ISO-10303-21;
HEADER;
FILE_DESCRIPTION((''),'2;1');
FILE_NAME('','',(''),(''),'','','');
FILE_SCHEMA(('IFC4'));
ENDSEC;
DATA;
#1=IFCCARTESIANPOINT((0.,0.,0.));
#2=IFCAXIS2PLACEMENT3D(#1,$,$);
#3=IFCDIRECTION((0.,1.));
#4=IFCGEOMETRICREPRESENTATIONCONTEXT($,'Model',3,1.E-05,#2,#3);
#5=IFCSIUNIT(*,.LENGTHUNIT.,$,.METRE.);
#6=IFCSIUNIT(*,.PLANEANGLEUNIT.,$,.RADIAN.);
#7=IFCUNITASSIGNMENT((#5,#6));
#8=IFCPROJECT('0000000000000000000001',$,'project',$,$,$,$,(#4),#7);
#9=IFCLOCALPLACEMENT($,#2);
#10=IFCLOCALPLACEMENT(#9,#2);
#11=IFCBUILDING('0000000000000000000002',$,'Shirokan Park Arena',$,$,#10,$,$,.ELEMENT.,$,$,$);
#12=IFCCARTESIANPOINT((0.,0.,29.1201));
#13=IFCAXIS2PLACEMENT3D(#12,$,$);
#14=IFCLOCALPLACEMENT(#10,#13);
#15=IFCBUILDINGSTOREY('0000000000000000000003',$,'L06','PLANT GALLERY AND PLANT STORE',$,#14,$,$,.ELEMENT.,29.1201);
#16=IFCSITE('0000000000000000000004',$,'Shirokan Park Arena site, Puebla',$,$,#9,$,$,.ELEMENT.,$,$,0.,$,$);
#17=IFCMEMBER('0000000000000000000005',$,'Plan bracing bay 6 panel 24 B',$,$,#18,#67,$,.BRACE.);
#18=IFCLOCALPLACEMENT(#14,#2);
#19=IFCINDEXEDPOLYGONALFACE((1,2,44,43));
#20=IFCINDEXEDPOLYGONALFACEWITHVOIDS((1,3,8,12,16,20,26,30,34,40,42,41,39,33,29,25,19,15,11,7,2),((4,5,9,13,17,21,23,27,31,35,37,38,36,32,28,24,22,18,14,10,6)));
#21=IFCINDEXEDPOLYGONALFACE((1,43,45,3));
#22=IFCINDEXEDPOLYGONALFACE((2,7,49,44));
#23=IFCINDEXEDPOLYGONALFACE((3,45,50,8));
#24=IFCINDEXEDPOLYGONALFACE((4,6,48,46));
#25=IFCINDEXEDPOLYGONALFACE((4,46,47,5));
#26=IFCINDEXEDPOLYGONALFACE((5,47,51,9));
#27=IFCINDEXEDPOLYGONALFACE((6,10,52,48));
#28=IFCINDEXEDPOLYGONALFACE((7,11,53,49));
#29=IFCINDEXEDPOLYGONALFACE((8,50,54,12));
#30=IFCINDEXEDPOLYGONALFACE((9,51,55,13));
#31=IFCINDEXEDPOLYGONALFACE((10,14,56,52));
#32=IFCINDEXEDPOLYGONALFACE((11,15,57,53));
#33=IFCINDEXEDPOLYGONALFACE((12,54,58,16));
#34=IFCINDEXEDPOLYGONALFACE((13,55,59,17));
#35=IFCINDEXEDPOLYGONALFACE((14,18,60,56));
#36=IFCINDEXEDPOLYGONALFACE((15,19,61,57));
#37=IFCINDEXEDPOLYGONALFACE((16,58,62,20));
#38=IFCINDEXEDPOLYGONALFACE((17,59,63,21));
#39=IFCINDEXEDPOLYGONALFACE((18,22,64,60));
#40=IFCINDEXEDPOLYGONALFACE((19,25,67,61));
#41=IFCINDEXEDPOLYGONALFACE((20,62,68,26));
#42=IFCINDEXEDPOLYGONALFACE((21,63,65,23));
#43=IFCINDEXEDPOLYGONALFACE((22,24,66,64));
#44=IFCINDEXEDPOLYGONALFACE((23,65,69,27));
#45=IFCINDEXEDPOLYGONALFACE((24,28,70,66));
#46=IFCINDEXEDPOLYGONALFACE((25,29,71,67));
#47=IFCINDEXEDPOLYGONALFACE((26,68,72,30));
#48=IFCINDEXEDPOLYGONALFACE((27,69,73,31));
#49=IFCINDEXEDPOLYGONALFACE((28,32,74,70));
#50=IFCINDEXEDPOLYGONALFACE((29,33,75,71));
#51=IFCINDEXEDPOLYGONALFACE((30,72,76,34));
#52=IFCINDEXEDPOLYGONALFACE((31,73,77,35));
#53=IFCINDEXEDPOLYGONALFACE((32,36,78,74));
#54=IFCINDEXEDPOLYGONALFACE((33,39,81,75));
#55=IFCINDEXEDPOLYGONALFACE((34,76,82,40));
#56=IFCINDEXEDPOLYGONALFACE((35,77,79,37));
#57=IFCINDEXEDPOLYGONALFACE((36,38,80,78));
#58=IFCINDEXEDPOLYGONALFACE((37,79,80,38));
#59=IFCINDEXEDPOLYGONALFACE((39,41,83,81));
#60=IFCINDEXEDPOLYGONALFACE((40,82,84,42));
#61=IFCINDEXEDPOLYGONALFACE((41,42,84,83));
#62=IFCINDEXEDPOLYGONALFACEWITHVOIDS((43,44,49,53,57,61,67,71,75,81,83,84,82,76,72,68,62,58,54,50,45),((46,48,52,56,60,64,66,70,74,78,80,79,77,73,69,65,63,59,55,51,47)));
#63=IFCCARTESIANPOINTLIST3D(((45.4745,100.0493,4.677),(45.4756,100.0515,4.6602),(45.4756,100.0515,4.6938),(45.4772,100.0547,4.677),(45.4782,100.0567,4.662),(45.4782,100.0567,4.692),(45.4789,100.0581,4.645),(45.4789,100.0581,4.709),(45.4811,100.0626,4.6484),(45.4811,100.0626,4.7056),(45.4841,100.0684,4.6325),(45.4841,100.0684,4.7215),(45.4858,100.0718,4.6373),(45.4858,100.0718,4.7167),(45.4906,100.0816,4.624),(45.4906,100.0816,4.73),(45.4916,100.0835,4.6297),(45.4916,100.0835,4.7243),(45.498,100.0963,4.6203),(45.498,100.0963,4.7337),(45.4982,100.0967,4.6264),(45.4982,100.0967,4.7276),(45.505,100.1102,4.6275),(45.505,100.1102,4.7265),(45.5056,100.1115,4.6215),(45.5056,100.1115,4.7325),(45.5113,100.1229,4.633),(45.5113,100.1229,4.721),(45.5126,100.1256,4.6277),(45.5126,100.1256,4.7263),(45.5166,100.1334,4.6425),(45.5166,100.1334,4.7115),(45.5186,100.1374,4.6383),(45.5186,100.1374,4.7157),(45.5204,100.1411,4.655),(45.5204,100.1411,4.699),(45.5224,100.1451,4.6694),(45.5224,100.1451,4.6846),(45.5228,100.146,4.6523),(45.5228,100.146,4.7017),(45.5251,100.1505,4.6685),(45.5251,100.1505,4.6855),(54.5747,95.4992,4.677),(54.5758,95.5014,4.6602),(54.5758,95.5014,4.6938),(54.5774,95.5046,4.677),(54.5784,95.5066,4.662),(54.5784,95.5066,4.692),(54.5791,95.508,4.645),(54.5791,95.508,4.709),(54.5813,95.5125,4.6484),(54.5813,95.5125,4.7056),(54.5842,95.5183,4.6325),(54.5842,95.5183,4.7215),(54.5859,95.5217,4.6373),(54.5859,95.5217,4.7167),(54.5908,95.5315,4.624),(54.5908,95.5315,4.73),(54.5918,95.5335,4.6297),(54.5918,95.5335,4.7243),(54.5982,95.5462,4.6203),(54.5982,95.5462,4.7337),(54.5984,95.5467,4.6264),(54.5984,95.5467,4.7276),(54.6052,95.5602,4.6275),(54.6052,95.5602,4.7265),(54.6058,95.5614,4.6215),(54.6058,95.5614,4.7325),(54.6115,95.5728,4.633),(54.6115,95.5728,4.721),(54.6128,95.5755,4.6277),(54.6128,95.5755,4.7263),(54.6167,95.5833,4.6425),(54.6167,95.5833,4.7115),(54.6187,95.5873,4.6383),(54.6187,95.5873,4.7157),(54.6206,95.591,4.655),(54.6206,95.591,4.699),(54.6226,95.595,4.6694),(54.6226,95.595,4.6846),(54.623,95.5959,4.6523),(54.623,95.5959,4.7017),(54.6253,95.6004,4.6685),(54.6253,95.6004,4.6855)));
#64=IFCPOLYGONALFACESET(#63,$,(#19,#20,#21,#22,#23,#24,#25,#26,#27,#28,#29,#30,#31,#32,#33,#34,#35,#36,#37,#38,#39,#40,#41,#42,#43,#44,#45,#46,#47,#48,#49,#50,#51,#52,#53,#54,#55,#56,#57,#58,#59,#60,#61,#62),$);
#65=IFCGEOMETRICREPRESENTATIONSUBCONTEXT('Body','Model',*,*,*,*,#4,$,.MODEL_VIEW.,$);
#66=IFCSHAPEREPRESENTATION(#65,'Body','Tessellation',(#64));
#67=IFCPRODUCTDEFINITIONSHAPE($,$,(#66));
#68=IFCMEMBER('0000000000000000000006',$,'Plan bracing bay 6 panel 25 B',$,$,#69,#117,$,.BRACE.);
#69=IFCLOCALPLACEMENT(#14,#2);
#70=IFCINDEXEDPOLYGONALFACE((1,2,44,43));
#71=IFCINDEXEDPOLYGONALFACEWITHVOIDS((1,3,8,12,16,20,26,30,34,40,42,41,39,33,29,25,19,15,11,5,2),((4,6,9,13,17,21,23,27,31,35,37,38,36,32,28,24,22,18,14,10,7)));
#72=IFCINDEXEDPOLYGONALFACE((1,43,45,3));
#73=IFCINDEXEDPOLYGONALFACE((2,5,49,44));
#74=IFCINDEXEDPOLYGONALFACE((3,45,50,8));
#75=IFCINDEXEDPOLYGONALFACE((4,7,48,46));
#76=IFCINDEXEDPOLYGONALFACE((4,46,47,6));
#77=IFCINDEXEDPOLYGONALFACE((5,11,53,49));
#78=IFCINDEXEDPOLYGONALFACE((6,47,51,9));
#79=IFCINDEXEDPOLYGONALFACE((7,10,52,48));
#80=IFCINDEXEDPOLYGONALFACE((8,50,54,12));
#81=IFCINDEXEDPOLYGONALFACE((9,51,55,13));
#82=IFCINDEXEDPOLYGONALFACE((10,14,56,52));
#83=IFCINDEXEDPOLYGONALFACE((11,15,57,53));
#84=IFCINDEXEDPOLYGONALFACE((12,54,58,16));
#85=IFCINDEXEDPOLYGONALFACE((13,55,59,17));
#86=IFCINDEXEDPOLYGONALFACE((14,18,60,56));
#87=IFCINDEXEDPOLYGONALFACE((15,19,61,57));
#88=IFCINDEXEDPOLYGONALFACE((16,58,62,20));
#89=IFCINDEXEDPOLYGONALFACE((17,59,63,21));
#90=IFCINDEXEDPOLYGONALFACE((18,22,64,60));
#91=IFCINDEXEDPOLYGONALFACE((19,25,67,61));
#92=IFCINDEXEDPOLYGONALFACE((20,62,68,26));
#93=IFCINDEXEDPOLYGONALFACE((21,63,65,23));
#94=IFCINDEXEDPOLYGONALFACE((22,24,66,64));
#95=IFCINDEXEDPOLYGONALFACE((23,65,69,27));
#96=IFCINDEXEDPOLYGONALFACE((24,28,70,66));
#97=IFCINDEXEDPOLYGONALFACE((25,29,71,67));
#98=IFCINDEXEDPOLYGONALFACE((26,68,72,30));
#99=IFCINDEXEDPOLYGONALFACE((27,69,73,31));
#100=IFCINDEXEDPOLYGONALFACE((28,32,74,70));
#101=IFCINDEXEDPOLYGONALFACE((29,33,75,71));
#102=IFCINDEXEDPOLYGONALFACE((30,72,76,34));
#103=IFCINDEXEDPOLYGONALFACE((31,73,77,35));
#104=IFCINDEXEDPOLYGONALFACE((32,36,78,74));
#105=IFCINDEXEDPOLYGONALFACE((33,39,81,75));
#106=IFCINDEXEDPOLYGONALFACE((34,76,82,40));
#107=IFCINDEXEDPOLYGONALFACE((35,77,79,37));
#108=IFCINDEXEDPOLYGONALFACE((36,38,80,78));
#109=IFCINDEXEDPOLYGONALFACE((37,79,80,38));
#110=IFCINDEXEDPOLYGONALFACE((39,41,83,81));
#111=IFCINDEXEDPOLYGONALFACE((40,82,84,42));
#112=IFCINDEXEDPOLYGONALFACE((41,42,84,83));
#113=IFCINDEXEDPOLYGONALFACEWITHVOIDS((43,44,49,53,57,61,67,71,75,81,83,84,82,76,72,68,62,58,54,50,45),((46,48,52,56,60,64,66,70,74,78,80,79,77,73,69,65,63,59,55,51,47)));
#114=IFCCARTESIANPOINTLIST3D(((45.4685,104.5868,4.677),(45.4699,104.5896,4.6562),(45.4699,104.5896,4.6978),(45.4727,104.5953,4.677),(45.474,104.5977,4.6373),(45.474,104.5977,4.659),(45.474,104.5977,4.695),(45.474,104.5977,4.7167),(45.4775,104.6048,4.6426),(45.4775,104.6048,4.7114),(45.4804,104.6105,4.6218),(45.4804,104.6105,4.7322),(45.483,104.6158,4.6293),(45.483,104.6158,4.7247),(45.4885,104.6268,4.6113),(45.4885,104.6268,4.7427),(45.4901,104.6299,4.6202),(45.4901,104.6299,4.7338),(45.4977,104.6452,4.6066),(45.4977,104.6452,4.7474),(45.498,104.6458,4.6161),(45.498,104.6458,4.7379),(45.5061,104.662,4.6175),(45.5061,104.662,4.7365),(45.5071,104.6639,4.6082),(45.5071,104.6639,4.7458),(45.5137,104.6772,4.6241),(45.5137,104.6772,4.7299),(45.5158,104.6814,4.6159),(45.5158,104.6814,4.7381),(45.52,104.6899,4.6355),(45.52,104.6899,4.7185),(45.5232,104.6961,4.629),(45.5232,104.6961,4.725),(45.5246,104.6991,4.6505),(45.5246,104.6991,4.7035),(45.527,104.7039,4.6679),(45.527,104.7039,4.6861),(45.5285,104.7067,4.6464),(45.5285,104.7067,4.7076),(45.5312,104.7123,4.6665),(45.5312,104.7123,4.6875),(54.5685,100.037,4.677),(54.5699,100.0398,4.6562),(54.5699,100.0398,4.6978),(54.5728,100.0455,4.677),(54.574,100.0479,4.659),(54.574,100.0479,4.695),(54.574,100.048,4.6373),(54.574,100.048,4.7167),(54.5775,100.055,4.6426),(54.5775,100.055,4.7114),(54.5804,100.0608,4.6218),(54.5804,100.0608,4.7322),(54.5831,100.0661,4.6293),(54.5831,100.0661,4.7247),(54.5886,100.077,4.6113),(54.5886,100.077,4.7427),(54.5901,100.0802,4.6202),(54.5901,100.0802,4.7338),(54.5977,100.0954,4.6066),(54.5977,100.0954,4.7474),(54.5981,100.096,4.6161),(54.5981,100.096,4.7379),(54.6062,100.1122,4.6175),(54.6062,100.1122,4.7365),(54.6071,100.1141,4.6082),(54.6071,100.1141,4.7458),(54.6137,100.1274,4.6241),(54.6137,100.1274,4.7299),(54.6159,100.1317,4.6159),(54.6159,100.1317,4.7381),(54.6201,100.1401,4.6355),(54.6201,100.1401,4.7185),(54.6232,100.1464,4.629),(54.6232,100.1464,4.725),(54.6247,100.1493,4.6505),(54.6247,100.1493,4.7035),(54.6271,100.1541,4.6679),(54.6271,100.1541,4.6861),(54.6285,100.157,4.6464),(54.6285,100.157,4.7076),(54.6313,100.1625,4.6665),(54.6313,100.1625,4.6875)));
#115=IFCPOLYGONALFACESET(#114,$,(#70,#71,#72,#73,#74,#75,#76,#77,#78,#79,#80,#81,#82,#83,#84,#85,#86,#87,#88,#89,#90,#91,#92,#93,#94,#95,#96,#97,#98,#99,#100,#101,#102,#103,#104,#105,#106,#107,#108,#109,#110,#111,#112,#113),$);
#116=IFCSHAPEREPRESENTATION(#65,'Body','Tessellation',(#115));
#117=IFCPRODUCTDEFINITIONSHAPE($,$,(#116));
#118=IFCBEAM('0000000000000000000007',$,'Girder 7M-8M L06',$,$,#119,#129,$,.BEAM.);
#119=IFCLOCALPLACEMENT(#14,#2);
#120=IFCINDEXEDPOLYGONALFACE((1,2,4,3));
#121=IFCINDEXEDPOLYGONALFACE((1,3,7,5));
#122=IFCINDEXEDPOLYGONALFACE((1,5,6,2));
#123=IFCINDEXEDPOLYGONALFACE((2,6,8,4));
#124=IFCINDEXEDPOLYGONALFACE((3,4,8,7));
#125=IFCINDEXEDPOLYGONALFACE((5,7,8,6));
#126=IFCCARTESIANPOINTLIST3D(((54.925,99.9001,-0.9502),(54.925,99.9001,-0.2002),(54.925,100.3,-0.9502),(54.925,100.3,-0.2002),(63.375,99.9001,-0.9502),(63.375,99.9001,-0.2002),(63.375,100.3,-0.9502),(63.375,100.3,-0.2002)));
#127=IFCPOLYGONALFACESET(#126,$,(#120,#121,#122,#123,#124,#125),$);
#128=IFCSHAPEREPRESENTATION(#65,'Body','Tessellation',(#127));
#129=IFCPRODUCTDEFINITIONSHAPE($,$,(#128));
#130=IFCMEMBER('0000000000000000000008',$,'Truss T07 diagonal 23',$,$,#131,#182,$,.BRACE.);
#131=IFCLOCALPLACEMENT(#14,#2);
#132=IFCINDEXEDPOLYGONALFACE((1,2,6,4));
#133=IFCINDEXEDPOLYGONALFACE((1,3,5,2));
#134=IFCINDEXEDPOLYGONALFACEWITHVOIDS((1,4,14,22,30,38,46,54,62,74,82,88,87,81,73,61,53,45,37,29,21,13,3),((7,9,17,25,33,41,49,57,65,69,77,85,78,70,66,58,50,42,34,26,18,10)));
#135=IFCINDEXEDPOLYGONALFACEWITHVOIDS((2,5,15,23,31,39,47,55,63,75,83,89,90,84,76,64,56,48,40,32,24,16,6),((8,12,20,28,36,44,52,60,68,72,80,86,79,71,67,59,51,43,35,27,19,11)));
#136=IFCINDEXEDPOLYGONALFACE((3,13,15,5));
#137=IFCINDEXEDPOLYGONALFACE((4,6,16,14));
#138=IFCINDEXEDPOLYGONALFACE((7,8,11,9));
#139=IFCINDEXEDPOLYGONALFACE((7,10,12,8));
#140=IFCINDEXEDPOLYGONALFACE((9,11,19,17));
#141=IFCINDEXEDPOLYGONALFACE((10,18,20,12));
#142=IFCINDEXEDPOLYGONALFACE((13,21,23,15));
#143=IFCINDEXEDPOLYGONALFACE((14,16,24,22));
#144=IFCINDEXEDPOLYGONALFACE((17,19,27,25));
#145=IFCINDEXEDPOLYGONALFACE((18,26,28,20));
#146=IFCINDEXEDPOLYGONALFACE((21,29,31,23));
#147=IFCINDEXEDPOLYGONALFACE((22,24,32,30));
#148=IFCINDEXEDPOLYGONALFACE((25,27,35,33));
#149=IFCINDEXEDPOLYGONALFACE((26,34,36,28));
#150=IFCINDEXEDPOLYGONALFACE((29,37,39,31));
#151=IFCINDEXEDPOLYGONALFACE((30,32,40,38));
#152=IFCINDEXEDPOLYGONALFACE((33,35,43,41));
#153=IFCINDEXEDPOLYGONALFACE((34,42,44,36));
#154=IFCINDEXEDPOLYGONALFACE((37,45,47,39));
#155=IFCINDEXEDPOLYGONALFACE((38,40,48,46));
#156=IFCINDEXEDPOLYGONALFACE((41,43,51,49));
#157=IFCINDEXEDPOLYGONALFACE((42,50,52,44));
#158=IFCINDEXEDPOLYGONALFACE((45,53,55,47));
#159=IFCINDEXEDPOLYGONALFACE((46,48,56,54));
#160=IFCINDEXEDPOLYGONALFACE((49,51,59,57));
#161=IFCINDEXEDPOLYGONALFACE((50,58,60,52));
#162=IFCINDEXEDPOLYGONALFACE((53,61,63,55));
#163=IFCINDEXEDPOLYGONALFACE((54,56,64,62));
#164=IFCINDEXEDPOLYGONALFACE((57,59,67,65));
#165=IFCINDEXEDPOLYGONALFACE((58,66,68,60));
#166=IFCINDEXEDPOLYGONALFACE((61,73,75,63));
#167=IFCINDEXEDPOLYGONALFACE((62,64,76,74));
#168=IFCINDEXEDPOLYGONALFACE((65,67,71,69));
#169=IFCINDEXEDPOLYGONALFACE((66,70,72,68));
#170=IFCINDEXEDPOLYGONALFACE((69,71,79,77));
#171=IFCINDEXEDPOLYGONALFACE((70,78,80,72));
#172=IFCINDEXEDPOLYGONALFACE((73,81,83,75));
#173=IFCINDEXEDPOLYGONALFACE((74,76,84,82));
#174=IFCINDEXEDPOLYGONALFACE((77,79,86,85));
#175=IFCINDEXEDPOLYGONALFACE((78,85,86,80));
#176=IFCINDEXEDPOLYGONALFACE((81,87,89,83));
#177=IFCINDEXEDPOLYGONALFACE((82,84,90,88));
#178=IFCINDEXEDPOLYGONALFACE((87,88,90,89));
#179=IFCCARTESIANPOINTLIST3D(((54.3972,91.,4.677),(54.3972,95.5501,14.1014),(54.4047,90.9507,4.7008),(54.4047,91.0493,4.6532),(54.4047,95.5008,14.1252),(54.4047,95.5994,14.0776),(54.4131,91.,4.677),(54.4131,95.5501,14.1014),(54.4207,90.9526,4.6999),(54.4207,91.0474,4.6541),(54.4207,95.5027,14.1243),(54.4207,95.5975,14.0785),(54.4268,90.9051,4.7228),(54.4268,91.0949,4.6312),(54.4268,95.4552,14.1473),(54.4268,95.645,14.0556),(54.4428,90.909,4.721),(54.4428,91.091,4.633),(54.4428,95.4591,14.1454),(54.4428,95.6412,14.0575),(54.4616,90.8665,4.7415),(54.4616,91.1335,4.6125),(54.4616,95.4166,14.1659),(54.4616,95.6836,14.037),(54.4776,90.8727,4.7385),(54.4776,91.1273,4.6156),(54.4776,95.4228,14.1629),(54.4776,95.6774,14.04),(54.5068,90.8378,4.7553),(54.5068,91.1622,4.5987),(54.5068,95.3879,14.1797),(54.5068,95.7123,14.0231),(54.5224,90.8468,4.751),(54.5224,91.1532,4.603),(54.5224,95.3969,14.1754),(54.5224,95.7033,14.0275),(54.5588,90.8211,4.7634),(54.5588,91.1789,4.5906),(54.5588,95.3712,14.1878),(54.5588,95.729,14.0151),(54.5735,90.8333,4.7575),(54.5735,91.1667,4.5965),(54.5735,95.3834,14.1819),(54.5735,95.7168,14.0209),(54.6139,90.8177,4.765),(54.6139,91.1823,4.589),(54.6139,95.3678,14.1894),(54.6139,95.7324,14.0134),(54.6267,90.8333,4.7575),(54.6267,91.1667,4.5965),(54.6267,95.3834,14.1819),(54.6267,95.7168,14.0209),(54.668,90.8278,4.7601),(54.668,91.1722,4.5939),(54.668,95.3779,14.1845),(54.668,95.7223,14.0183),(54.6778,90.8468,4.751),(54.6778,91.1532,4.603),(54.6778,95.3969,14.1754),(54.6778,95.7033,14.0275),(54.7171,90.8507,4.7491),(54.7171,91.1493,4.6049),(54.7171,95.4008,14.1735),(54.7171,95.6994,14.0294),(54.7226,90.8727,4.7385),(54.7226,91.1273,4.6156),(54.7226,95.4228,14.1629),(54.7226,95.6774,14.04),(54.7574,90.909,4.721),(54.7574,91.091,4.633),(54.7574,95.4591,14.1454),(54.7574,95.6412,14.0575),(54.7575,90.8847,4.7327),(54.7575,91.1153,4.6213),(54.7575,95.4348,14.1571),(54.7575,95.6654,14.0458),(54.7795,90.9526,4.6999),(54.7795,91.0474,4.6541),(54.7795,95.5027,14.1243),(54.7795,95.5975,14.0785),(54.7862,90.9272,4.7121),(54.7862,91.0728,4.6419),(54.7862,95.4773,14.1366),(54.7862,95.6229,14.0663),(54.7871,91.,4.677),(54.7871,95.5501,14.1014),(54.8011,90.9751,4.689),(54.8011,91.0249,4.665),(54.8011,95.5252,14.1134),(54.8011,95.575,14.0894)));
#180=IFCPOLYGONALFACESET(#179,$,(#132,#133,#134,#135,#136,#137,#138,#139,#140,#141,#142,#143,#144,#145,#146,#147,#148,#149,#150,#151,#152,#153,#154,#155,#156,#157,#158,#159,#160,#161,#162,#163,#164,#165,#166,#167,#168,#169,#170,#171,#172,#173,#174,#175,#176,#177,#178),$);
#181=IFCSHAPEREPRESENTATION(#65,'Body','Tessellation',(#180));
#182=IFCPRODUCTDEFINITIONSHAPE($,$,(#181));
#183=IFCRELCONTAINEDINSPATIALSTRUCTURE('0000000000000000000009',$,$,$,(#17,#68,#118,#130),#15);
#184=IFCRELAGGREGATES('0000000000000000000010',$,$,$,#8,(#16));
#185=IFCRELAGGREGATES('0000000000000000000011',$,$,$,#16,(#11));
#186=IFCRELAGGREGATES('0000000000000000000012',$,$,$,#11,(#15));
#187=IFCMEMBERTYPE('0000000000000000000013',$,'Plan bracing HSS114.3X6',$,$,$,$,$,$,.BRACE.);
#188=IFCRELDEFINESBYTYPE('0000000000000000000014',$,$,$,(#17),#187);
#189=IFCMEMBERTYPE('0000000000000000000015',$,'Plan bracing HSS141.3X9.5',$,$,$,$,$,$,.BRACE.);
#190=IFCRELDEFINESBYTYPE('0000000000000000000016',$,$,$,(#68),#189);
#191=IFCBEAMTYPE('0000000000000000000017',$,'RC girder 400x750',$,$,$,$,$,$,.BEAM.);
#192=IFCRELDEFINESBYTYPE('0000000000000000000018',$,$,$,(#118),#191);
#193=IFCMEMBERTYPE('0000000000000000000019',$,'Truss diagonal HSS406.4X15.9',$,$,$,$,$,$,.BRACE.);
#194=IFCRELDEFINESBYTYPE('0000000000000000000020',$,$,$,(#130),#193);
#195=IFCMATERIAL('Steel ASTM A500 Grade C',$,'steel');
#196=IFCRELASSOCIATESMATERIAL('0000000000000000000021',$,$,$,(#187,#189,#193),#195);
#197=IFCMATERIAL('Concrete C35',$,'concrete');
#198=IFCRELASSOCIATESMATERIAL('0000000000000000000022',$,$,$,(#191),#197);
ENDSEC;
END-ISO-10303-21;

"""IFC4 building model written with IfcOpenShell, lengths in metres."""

from ifc_helpers import new_model, si_unit, direction, frame, origin, origin_2d, place, context, subcontext, project, spatial, rectangle, hollow_circle, extrude, material, material_profile, profile_set, type_object, element, save


model = new_model("IFC4")

# Units and contexts
model_context = context("Model", 3, precision=1e-05, world=origin(), true_north=direction((0.0, 1.0)))
body_context = subcontext(model_context, "Body", "Model", "MODEL_VIEW")
ifc_project = project(units=[si_unit("LENGTHUNIT", "METRE"), si_unit("PLANEANGLEUNIT", "RADIAN")], contexts=[model_context])

# Site, building, storey
site_placement = place(None, origin())
site = spatial("IfcSite", under=ifc_project, at=site_placement, Name="Shirokan Park Arena site, Puebla", CompositionType="ELEMENT", RefElevation=0.0)
building_placement = place(site_placement, origin())
building = spatial("IfcBuilding", under=site, at=building_placement, Name="Shirokan Park Arena", CompositionType="ELEMENT")
storey_placement = place(building_placement, frame((0.0, 0.0, 29.1201)))
storey = spatial("IfcBuildingStorey", under=building, at=storey_placement, Name="L06", Description="PLANT GALLERY AND PLANT STORE", CompositionType="ELEMENT", Elevation=29.1201)

# Members
ifc_material_1 = material(Name="Steel ASTM A500 Grade C", Category="steel")
ifc_material_profile_1 = material_profile(ifc_material_1, hollow_circle(Radius=0.0569, WallThickness=0.0061, at=origin_2d()), Name="HSS114.3X6")
ifc_profile_set_1 = profile_set([ifc_material_profile_1], Name="Steel ASTM A500 Grade C")
member_type_1 = type_object("IfcMemberType", Name="Plan bracing HSS114.3X6", PredefinedType="BRACE", material=ifc_profile_set_1)
for number, where, z_axis, x_axis, name in (
    (1, (54.6001, 95.55, 4.677), (-0.894427, 0.447214, 0.0), (-0.447214, -0.894427, 0.0), "Plan bracing bay 6 panel 24 B"),
):
    element("IfcMember", number, at=place(storey_placement, frame(where, z_axis=z_axis, x_axis=x_axis)), inside=storey, type_object=member_type_1, Name=name, PredefinedType="BRACE", context=body_context, shape_type="SweptSolid", body=[
        extrude(hollow_circle(Radius=0.0569, WallThickness=0.0061, at=origin_2d()), origin(), (0.0, 0.0, 1.0), 10.1743),
    ])
ifc_material_profile_2 = material_profile(ifc_material_1, hollow_circle(Radius=0.0706, WallThickness=0.0095, at=origin_2d()), Name="HSS141.3X9.5")
ifc_profile_set_2 = profile_set([ifc_material_profile_2], Name="Steel ASTM A500 Grade C")
member_type_2 = type_object("IfcMemberType", Name="Plan bracing HSS141.3X9.5", PredefinedType="BRACE", material=ifc_profile_set_2)
member_1_placement = place(storey_placement, frame((54.6001, 100.1001, 4.677), z_axis=(-0.894437, 0.447194, 0.0), x_axis=(-0.447194, -0.894437, 0.0)))
element("IfcMember", 2, at=member_1_placement, inside=storey, type_object=member_type_2, Name="Plan bracing bay 6 panel 25 B", PredefinedType="BRACE", context=body_context, shape_type="SweptSolid", body=[
    extrude(hollow_circle(Radius=0.0706, WallThickness=0.0095, at=origin_2d()), origin(), (0.0, 0.0, 1.0), 10.1741),
])

# Beam
ifc_material_2 = material(Name="Concrete C35", Category="concrete")
ifc_material_profile_3 = material_profile(ifc_material_2, rectangle(XDim=0.3999, YDim=0.75, at=origin_2d()), Name="400x750")
ifc_profile_set_3 = profile_set([ifc_material_profile_3], Name="Concrete C35")
beam_type = type_object("IfcBeamType", Name="RC girder 400x750", PredefinedType="BEAM", material=ifc_profile_set_3)
beam_placement = place(storey_placement, frame((54.925, 100.1001, -0.5752), z_axis=(1.0, 0.0, 0.0), x_axis=(0.0, 1.0, 0.0)))
element("IfcBeam", 3, at=beam_placement, inside=storey, type_object=beam_type, Name="Girder 7M-8M L06", PredefinedType="BEAM", context=body_context, shape_type="SweptSolid", body=[
    extrude(rectangle(XDim=0.3999, YDim=0.75, at=origin_2d()), origin(), (0.0, 0.0, 1.0), 8.45),
])

# Member
ifc_material_profile_4 = material_profile(ifc_material_1, hollow_circle(Radius=0.2029, WallThickness=0.0159, at=origin_2d()), Name="HSS406.4X15.9")
ifc_profile_set_4 = profile_set([ifc_material_profile_4], Name="Steel ASTM A500 Grade C")
member_type_3 = type_object("IfcMemberType", Name="Truss diagonal HSS406.4X15.9", PredefinedType="BRACE", material=ifc_profile_set_4)
member_2_placement = place(storey_placement, frame((54.6001, 91.0, 4.677), z_axis=(0.0, 0.434778, 0.900537), x_axis=(-1.0, 0.0, 0.0)))
element("IfcMember", 4, at=member_2_placement, inside=storey, type_object=member_type_3, Name="Truss T07 diagonal 23", PredefinedType="BRACE", context=body_context, shape_type="SweptSolid", body=[
    extrude(hollow_circle(Radius=0.2029, WallThickness=0.0159, at=origin_2d()), origin(), (0.0, 0.0, 1.0), 10.4653),
])

save(model, "model.ifc")
